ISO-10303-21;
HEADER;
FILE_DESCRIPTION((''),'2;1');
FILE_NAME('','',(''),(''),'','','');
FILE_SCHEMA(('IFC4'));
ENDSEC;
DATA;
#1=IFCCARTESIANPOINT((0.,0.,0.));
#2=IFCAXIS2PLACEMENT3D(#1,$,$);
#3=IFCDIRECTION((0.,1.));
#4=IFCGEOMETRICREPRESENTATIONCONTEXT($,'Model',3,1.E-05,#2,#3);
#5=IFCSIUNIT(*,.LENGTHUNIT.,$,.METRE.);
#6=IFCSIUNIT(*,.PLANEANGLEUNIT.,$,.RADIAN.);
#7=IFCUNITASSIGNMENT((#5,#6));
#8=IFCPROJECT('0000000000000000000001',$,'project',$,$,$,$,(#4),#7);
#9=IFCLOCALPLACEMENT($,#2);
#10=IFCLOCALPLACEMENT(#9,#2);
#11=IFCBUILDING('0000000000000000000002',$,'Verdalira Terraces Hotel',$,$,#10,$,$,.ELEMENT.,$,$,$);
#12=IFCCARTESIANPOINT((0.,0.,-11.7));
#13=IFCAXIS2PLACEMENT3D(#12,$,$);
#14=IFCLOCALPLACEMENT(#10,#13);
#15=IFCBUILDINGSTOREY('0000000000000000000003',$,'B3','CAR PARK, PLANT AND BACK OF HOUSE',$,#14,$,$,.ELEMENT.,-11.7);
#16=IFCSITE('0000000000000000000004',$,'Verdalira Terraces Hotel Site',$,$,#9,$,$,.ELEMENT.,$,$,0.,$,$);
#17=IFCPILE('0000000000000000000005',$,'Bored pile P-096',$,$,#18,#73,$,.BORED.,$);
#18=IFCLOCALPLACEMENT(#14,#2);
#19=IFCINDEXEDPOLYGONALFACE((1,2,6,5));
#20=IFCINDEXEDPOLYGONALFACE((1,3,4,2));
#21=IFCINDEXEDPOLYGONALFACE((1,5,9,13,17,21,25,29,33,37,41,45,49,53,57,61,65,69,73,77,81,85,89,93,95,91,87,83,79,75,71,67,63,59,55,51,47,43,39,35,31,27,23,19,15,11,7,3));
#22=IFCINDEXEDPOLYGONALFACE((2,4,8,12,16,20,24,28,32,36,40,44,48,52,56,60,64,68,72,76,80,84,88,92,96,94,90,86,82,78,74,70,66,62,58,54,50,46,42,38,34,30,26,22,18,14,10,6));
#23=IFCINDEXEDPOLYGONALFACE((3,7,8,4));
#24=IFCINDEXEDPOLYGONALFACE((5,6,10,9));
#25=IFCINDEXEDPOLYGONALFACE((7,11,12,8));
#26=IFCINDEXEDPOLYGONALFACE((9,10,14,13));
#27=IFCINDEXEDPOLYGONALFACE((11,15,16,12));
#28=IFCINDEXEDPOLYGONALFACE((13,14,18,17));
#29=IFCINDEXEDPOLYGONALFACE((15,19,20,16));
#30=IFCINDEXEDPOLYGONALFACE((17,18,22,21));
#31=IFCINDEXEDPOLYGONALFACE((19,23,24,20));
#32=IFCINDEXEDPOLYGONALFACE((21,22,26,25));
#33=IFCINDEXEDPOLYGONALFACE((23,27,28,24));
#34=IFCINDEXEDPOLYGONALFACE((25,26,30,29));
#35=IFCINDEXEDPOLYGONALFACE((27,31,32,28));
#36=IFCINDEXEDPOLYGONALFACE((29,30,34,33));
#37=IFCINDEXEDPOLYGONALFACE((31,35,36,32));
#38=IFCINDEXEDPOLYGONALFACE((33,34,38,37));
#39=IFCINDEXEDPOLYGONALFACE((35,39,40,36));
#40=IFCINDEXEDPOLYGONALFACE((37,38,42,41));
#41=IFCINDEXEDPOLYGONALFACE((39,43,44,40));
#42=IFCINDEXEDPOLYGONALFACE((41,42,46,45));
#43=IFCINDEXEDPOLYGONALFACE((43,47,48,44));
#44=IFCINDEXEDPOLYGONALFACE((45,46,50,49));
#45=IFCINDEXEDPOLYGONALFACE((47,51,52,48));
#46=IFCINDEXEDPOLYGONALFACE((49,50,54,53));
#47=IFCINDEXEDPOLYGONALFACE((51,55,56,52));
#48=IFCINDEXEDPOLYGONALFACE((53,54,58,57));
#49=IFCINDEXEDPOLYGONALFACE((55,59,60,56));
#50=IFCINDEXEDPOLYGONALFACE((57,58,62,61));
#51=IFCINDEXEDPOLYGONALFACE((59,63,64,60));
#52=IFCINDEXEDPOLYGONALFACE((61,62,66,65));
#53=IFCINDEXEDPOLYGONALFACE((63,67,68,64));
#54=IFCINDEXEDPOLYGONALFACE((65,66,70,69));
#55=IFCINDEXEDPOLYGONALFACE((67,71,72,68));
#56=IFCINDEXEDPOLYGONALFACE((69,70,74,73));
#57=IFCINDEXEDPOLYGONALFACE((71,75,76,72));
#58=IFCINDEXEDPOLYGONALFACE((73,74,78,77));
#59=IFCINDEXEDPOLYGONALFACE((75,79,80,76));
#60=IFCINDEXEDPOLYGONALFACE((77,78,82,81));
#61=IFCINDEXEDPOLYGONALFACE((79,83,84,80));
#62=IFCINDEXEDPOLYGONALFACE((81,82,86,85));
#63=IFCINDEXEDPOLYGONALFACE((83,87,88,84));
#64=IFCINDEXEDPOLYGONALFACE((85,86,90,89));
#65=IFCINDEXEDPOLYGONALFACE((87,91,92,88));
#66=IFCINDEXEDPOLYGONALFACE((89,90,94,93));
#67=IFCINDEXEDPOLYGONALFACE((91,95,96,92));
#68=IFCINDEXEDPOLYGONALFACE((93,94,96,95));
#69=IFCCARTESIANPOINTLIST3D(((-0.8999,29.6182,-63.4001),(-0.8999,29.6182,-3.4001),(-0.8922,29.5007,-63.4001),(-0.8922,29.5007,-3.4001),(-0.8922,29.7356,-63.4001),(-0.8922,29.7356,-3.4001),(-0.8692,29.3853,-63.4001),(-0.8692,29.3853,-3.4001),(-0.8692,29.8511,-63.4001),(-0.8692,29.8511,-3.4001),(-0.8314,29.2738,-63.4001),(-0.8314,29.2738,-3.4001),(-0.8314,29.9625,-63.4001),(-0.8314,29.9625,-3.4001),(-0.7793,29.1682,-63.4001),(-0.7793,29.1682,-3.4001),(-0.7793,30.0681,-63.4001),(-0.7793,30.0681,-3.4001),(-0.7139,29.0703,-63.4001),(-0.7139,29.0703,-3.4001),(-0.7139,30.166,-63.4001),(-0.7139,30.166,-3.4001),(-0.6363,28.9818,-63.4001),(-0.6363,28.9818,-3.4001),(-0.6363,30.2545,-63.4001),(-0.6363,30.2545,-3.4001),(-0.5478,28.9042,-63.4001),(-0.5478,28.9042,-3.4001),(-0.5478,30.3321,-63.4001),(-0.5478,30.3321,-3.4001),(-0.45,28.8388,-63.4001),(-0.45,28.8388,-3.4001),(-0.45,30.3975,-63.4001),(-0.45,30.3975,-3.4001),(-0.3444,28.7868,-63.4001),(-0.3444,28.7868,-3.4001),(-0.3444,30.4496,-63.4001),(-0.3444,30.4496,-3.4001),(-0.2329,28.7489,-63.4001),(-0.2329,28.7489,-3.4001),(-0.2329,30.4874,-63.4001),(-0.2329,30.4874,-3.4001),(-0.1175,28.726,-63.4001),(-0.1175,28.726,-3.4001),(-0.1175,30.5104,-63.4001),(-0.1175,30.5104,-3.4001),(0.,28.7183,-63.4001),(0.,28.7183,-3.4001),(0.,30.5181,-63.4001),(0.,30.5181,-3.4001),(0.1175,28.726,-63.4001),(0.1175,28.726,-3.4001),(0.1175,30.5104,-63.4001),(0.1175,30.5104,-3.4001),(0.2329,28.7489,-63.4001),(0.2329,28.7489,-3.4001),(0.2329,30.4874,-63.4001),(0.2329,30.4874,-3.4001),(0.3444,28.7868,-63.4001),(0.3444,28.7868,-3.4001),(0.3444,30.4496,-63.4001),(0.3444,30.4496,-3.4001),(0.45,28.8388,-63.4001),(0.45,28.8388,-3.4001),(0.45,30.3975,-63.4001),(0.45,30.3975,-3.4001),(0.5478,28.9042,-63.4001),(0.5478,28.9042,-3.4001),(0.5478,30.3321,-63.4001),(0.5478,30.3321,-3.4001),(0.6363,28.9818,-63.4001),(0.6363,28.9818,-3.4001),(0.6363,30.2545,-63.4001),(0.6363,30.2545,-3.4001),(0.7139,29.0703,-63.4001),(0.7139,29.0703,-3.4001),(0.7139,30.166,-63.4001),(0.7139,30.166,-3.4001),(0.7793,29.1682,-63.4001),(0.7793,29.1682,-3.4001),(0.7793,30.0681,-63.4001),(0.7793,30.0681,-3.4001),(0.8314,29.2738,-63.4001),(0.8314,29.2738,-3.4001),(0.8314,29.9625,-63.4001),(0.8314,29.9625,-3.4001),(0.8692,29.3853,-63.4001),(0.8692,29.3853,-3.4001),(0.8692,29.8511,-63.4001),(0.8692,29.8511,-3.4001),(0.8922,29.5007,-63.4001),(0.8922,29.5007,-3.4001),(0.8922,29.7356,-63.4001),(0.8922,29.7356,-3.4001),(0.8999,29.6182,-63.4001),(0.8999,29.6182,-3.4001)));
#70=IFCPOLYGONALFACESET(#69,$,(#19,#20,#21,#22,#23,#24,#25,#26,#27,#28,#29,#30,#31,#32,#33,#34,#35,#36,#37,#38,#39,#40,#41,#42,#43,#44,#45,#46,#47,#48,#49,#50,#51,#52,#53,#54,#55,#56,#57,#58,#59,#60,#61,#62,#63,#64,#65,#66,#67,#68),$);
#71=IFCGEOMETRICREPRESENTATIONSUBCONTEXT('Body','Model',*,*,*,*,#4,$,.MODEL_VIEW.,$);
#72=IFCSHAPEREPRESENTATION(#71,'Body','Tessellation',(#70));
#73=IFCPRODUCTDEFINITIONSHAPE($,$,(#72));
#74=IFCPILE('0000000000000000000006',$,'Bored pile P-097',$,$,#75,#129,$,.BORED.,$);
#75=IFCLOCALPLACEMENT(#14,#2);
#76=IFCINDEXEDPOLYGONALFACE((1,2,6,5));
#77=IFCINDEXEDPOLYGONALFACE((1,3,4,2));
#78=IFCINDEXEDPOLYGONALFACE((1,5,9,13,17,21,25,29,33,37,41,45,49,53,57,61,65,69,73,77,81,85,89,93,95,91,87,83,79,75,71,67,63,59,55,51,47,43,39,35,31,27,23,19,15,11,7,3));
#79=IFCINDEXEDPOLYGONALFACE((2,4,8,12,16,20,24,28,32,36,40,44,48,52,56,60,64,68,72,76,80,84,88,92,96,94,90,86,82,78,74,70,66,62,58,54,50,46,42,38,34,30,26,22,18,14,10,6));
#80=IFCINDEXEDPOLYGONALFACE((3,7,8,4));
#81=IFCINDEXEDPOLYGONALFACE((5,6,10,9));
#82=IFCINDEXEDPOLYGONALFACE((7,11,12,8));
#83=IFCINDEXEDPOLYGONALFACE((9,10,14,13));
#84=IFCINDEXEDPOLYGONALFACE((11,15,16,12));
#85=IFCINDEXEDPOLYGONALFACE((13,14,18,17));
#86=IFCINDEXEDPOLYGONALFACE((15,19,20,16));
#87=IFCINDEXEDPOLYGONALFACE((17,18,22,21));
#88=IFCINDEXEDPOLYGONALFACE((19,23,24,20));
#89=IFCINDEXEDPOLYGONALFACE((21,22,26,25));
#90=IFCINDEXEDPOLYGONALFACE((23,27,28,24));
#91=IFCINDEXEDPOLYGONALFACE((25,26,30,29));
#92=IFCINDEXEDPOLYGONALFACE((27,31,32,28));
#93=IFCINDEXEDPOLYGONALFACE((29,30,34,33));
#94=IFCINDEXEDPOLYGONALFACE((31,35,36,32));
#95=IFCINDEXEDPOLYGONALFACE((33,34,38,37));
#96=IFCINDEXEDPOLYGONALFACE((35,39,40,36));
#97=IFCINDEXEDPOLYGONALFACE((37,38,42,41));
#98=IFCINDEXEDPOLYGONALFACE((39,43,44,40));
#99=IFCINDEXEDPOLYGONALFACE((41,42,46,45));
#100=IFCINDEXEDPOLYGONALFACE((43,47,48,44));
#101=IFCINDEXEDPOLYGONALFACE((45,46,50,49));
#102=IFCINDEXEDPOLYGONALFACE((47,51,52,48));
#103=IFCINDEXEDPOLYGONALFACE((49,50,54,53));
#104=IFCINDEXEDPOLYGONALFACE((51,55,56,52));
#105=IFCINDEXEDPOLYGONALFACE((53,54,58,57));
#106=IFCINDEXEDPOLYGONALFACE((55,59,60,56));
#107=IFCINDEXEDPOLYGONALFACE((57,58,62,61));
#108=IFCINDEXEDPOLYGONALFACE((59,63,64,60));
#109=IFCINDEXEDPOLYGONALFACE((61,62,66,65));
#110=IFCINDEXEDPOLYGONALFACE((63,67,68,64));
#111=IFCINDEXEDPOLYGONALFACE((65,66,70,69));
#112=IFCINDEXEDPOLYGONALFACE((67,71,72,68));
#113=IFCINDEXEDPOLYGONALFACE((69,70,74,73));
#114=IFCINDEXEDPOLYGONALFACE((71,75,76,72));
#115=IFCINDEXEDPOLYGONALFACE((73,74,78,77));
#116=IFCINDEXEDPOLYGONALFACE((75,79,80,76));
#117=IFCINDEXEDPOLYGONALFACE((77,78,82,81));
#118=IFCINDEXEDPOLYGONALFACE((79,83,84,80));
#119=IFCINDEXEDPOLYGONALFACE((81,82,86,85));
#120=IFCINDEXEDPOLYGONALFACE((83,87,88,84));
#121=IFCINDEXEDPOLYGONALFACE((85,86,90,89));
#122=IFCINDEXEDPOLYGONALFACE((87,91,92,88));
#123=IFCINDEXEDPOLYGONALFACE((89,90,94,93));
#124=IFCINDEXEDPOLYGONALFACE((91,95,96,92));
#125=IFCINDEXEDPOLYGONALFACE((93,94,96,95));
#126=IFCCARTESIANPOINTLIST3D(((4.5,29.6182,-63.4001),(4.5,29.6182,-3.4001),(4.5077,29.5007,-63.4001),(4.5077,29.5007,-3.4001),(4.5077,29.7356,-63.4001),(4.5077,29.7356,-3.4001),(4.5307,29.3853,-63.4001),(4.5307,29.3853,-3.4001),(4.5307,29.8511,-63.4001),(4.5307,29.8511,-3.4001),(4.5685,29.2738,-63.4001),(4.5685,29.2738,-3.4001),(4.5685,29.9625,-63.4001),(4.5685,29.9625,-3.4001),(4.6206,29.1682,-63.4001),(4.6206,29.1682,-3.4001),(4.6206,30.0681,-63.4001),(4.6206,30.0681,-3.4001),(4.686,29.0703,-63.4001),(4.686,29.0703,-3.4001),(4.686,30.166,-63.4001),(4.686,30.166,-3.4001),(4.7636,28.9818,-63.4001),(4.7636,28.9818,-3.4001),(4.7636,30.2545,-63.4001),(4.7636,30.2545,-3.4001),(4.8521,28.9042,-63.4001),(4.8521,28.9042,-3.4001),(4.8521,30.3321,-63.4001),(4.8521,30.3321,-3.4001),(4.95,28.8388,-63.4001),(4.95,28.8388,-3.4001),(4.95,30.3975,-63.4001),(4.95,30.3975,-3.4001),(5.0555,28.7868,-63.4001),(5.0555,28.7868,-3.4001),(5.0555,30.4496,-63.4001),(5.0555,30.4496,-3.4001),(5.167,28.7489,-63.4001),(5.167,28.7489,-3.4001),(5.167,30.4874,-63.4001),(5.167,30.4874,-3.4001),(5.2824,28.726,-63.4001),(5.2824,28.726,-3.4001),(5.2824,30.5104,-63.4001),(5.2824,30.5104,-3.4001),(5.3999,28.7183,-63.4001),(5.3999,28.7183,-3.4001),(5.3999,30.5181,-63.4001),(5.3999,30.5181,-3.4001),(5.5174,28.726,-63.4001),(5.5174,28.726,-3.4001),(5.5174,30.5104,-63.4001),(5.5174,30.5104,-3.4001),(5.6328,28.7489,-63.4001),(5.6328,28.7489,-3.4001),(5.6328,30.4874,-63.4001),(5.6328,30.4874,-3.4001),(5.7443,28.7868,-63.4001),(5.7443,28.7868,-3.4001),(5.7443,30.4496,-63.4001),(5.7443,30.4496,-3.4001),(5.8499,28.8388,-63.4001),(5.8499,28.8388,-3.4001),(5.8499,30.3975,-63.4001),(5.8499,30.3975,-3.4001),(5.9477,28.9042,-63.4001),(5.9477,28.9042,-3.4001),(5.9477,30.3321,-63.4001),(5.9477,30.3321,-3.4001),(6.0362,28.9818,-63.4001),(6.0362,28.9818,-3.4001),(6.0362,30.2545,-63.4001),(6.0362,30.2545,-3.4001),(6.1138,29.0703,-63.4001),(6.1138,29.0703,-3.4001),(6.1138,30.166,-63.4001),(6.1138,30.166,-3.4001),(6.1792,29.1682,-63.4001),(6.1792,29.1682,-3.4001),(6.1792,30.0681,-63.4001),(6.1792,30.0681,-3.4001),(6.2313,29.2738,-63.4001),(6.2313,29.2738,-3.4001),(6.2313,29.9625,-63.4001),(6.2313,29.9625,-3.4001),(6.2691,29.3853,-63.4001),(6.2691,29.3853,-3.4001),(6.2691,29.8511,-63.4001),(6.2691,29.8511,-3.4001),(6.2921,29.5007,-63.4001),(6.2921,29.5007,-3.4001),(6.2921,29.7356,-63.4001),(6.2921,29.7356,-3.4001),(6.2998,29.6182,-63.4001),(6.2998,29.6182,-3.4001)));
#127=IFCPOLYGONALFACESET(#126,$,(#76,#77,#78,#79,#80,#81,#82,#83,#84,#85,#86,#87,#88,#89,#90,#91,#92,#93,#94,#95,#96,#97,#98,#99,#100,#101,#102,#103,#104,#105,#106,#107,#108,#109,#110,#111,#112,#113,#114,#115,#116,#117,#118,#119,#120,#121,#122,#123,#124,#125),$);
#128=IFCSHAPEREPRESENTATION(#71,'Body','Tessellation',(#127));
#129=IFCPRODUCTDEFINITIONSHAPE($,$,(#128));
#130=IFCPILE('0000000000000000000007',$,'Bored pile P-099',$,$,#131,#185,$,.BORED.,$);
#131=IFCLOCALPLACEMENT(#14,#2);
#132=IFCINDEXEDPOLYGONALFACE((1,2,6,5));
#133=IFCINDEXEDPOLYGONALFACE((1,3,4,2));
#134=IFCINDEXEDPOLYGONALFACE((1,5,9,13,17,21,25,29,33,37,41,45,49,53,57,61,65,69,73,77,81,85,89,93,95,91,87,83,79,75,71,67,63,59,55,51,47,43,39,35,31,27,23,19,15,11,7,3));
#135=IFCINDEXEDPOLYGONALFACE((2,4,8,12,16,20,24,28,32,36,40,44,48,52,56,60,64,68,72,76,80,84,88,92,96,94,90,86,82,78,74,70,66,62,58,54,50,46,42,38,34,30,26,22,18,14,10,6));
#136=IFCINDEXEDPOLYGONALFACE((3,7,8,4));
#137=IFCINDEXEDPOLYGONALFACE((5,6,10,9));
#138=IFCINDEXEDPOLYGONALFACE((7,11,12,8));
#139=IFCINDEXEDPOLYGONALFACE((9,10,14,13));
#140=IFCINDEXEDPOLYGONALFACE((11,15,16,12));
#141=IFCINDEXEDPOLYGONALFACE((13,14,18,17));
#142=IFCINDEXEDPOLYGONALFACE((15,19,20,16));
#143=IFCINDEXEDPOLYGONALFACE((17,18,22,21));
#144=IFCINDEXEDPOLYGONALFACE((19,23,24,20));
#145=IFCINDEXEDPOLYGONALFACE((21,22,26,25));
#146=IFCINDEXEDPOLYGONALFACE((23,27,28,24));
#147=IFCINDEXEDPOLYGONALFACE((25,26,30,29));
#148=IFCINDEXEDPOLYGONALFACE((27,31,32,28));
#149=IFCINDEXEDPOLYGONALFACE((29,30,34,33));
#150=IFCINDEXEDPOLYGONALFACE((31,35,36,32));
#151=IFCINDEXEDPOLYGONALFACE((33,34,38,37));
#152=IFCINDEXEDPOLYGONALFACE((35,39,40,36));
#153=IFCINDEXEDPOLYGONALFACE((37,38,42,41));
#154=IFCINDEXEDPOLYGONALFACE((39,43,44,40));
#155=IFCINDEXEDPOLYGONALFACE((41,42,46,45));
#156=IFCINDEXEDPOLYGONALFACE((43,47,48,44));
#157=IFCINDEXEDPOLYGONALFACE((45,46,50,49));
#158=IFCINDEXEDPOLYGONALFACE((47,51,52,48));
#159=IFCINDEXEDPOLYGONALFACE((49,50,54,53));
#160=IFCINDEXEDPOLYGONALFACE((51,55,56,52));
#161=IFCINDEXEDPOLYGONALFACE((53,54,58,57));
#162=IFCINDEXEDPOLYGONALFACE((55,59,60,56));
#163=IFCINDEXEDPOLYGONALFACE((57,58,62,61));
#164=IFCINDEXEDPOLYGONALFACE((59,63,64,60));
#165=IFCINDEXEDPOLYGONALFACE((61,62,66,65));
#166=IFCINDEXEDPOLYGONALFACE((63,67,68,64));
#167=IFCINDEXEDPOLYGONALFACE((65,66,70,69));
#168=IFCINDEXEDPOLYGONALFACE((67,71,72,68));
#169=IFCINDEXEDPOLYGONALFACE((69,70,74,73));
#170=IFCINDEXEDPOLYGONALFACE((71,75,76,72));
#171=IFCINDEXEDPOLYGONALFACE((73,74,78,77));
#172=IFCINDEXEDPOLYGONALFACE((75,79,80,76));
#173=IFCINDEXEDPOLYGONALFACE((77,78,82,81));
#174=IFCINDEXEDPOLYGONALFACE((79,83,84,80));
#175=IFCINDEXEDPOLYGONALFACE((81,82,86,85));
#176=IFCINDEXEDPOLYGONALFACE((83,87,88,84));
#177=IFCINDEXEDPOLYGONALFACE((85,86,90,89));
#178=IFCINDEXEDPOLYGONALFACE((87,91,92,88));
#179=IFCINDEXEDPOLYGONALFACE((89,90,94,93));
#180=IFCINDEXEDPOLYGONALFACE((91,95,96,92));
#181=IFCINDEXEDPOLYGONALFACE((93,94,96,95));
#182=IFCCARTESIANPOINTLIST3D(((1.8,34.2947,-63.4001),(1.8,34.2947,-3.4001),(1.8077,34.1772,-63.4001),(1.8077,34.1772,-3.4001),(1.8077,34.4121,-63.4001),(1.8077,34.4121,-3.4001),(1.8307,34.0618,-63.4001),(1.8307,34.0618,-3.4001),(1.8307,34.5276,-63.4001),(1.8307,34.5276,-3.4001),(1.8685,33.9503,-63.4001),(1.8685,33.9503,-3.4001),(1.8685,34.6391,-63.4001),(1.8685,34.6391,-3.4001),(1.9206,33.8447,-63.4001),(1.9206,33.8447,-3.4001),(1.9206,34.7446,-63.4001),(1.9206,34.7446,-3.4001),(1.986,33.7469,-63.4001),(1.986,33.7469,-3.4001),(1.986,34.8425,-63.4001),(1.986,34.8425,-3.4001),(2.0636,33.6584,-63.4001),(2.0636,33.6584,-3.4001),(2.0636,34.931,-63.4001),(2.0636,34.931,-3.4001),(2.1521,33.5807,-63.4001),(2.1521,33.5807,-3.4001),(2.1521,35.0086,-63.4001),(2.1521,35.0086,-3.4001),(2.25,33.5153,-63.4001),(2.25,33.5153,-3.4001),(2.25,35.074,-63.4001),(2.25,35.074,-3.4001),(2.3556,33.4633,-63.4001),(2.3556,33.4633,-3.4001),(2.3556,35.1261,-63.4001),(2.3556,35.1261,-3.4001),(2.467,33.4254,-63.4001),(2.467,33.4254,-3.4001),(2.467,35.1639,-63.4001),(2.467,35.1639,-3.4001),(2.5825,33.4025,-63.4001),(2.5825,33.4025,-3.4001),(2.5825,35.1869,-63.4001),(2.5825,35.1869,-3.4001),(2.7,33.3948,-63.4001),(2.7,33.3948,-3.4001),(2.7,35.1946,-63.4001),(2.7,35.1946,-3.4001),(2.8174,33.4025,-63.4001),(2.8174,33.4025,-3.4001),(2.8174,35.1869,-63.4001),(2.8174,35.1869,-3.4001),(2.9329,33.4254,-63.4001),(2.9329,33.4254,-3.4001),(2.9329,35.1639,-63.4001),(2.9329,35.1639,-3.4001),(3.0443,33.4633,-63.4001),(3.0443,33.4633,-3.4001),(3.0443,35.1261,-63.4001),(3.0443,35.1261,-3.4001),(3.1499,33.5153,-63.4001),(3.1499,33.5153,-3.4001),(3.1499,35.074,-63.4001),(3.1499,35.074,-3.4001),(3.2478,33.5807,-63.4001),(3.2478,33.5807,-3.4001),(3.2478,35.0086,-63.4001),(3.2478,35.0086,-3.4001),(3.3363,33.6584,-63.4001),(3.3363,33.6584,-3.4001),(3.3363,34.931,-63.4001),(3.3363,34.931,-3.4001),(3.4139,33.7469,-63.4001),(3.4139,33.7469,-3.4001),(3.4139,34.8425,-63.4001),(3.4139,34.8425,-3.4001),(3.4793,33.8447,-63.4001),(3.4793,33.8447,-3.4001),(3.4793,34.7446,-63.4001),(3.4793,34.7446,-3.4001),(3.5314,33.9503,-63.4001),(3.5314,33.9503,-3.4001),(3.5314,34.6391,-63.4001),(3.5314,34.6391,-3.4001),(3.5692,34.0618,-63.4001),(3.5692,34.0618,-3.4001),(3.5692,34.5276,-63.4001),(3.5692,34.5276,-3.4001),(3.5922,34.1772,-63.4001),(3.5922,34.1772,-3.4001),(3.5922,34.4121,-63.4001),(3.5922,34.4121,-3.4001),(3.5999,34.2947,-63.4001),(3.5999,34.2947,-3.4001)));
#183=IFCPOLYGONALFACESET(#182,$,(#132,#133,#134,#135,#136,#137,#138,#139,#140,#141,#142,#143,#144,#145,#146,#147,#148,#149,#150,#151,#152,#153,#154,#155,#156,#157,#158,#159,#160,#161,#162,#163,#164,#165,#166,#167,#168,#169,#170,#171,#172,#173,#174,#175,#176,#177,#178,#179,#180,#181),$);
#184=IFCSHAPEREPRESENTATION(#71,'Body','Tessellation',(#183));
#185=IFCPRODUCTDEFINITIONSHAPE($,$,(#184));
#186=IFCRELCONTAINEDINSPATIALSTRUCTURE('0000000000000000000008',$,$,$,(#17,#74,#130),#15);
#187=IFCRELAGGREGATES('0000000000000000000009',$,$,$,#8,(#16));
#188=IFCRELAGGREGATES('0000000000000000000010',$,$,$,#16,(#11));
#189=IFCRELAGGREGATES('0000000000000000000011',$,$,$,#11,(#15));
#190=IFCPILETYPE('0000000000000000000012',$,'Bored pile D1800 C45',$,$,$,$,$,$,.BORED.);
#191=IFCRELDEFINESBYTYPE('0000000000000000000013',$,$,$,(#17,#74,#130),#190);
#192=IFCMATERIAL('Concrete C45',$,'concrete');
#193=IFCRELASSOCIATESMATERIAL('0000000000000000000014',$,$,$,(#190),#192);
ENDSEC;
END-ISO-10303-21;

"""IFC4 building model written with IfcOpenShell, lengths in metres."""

from ifc_helpers import new_model, si_unit, direction, frame, origin, origin_2d, place, context, subcontext, project, spatial, circle, extrude, material, material_profile, profile_set, type_object, element, save


model = new_model("IFC4")

# Units and contexts
model_context = context("Model", 3, precision=1e-05, world=origin(), true_north=direction((0.0, 1.0)))
body_context = subcontext(model_context, "Body", "Model", "MODEL_VIEW")
ifc_project = project(units=[si_unit("LENGTHUNIT", "METRE"), si_unit("PLANEANGLEUNIT", "RADIAN")], contexts=[model_context])

# Site, building, storey
site_placement = place(None, origin())
site = spatial("IfcSite", under=ifc_project, at=site_placement, Name="Verdalira Terraces Hotel Site", CompositionType="ELEMENT", RefElevation=0.0)
building_placement = place(site_placement, origin())
building = spatial("IfcBuilding", under=site, at=building_placement, Name="Verdalira Terraces Hotel", CompositionType="ELEMENT")
storey_placement = place(building_placement, frame((0.0, 0.0, -11.7)))
storey = spatial("IfcBuildingStorey", under=building, at=storey_placement, Name="B3", Description="CAR PARK, PLANT AND BACK OF HOUSE", CompositionType="ELEMENT", Elevation=-11.7)

# Piles
ifc_material_1 = material(Name="Concrete C45", Category="concrete")
ifc_material_profile_1 = material_profile(ifc_material_1, circle(Radius=0.8999, at=origin_2d()), Name="D1800")
ifc_profile_set_1 = profile_set([ifc_material_profile_1], Name="Concrete C45")
pile_type = type_object("IfcPileType", Name="Bored pile D1800 C45", PredefinedType="BORED", material=ifc_profile_set_1)
for number, where, z_axis, x_axis, name in (
    (1, (0.0, 29.6182, -3.4001), (0.0, 0.0, -1.0), (1.0, 0.0, 0.0), "Bored pile P-096"),
    (2, (5.3999, 29.6182, -3.4001), (0.0, 0.0, -1.0), (1.0, 0.0, 0.0), "Bored pile P-097"),
    (3, (2.7, 34.2947, -3.4001), (0.0, 0.0, -1.0), (1.0, 0.0, 0.0), "Bored pile P-099"),
):
    element("IfcPile", number, at=place(storey_placement, frame(where, z_axis=z_axis, x_axis=x_axis)), inside=storey, type_object=pile_type, Name=name, PredefinedType="BORED", context=body_context, shape_type="SweptSolid", body=[
        extrude(circle(Radius=0.8999, at=origin_2d()), origin(), (0.0, 0.0, 1.0), 60.0),
    ])

save(model, "model.ifc")
